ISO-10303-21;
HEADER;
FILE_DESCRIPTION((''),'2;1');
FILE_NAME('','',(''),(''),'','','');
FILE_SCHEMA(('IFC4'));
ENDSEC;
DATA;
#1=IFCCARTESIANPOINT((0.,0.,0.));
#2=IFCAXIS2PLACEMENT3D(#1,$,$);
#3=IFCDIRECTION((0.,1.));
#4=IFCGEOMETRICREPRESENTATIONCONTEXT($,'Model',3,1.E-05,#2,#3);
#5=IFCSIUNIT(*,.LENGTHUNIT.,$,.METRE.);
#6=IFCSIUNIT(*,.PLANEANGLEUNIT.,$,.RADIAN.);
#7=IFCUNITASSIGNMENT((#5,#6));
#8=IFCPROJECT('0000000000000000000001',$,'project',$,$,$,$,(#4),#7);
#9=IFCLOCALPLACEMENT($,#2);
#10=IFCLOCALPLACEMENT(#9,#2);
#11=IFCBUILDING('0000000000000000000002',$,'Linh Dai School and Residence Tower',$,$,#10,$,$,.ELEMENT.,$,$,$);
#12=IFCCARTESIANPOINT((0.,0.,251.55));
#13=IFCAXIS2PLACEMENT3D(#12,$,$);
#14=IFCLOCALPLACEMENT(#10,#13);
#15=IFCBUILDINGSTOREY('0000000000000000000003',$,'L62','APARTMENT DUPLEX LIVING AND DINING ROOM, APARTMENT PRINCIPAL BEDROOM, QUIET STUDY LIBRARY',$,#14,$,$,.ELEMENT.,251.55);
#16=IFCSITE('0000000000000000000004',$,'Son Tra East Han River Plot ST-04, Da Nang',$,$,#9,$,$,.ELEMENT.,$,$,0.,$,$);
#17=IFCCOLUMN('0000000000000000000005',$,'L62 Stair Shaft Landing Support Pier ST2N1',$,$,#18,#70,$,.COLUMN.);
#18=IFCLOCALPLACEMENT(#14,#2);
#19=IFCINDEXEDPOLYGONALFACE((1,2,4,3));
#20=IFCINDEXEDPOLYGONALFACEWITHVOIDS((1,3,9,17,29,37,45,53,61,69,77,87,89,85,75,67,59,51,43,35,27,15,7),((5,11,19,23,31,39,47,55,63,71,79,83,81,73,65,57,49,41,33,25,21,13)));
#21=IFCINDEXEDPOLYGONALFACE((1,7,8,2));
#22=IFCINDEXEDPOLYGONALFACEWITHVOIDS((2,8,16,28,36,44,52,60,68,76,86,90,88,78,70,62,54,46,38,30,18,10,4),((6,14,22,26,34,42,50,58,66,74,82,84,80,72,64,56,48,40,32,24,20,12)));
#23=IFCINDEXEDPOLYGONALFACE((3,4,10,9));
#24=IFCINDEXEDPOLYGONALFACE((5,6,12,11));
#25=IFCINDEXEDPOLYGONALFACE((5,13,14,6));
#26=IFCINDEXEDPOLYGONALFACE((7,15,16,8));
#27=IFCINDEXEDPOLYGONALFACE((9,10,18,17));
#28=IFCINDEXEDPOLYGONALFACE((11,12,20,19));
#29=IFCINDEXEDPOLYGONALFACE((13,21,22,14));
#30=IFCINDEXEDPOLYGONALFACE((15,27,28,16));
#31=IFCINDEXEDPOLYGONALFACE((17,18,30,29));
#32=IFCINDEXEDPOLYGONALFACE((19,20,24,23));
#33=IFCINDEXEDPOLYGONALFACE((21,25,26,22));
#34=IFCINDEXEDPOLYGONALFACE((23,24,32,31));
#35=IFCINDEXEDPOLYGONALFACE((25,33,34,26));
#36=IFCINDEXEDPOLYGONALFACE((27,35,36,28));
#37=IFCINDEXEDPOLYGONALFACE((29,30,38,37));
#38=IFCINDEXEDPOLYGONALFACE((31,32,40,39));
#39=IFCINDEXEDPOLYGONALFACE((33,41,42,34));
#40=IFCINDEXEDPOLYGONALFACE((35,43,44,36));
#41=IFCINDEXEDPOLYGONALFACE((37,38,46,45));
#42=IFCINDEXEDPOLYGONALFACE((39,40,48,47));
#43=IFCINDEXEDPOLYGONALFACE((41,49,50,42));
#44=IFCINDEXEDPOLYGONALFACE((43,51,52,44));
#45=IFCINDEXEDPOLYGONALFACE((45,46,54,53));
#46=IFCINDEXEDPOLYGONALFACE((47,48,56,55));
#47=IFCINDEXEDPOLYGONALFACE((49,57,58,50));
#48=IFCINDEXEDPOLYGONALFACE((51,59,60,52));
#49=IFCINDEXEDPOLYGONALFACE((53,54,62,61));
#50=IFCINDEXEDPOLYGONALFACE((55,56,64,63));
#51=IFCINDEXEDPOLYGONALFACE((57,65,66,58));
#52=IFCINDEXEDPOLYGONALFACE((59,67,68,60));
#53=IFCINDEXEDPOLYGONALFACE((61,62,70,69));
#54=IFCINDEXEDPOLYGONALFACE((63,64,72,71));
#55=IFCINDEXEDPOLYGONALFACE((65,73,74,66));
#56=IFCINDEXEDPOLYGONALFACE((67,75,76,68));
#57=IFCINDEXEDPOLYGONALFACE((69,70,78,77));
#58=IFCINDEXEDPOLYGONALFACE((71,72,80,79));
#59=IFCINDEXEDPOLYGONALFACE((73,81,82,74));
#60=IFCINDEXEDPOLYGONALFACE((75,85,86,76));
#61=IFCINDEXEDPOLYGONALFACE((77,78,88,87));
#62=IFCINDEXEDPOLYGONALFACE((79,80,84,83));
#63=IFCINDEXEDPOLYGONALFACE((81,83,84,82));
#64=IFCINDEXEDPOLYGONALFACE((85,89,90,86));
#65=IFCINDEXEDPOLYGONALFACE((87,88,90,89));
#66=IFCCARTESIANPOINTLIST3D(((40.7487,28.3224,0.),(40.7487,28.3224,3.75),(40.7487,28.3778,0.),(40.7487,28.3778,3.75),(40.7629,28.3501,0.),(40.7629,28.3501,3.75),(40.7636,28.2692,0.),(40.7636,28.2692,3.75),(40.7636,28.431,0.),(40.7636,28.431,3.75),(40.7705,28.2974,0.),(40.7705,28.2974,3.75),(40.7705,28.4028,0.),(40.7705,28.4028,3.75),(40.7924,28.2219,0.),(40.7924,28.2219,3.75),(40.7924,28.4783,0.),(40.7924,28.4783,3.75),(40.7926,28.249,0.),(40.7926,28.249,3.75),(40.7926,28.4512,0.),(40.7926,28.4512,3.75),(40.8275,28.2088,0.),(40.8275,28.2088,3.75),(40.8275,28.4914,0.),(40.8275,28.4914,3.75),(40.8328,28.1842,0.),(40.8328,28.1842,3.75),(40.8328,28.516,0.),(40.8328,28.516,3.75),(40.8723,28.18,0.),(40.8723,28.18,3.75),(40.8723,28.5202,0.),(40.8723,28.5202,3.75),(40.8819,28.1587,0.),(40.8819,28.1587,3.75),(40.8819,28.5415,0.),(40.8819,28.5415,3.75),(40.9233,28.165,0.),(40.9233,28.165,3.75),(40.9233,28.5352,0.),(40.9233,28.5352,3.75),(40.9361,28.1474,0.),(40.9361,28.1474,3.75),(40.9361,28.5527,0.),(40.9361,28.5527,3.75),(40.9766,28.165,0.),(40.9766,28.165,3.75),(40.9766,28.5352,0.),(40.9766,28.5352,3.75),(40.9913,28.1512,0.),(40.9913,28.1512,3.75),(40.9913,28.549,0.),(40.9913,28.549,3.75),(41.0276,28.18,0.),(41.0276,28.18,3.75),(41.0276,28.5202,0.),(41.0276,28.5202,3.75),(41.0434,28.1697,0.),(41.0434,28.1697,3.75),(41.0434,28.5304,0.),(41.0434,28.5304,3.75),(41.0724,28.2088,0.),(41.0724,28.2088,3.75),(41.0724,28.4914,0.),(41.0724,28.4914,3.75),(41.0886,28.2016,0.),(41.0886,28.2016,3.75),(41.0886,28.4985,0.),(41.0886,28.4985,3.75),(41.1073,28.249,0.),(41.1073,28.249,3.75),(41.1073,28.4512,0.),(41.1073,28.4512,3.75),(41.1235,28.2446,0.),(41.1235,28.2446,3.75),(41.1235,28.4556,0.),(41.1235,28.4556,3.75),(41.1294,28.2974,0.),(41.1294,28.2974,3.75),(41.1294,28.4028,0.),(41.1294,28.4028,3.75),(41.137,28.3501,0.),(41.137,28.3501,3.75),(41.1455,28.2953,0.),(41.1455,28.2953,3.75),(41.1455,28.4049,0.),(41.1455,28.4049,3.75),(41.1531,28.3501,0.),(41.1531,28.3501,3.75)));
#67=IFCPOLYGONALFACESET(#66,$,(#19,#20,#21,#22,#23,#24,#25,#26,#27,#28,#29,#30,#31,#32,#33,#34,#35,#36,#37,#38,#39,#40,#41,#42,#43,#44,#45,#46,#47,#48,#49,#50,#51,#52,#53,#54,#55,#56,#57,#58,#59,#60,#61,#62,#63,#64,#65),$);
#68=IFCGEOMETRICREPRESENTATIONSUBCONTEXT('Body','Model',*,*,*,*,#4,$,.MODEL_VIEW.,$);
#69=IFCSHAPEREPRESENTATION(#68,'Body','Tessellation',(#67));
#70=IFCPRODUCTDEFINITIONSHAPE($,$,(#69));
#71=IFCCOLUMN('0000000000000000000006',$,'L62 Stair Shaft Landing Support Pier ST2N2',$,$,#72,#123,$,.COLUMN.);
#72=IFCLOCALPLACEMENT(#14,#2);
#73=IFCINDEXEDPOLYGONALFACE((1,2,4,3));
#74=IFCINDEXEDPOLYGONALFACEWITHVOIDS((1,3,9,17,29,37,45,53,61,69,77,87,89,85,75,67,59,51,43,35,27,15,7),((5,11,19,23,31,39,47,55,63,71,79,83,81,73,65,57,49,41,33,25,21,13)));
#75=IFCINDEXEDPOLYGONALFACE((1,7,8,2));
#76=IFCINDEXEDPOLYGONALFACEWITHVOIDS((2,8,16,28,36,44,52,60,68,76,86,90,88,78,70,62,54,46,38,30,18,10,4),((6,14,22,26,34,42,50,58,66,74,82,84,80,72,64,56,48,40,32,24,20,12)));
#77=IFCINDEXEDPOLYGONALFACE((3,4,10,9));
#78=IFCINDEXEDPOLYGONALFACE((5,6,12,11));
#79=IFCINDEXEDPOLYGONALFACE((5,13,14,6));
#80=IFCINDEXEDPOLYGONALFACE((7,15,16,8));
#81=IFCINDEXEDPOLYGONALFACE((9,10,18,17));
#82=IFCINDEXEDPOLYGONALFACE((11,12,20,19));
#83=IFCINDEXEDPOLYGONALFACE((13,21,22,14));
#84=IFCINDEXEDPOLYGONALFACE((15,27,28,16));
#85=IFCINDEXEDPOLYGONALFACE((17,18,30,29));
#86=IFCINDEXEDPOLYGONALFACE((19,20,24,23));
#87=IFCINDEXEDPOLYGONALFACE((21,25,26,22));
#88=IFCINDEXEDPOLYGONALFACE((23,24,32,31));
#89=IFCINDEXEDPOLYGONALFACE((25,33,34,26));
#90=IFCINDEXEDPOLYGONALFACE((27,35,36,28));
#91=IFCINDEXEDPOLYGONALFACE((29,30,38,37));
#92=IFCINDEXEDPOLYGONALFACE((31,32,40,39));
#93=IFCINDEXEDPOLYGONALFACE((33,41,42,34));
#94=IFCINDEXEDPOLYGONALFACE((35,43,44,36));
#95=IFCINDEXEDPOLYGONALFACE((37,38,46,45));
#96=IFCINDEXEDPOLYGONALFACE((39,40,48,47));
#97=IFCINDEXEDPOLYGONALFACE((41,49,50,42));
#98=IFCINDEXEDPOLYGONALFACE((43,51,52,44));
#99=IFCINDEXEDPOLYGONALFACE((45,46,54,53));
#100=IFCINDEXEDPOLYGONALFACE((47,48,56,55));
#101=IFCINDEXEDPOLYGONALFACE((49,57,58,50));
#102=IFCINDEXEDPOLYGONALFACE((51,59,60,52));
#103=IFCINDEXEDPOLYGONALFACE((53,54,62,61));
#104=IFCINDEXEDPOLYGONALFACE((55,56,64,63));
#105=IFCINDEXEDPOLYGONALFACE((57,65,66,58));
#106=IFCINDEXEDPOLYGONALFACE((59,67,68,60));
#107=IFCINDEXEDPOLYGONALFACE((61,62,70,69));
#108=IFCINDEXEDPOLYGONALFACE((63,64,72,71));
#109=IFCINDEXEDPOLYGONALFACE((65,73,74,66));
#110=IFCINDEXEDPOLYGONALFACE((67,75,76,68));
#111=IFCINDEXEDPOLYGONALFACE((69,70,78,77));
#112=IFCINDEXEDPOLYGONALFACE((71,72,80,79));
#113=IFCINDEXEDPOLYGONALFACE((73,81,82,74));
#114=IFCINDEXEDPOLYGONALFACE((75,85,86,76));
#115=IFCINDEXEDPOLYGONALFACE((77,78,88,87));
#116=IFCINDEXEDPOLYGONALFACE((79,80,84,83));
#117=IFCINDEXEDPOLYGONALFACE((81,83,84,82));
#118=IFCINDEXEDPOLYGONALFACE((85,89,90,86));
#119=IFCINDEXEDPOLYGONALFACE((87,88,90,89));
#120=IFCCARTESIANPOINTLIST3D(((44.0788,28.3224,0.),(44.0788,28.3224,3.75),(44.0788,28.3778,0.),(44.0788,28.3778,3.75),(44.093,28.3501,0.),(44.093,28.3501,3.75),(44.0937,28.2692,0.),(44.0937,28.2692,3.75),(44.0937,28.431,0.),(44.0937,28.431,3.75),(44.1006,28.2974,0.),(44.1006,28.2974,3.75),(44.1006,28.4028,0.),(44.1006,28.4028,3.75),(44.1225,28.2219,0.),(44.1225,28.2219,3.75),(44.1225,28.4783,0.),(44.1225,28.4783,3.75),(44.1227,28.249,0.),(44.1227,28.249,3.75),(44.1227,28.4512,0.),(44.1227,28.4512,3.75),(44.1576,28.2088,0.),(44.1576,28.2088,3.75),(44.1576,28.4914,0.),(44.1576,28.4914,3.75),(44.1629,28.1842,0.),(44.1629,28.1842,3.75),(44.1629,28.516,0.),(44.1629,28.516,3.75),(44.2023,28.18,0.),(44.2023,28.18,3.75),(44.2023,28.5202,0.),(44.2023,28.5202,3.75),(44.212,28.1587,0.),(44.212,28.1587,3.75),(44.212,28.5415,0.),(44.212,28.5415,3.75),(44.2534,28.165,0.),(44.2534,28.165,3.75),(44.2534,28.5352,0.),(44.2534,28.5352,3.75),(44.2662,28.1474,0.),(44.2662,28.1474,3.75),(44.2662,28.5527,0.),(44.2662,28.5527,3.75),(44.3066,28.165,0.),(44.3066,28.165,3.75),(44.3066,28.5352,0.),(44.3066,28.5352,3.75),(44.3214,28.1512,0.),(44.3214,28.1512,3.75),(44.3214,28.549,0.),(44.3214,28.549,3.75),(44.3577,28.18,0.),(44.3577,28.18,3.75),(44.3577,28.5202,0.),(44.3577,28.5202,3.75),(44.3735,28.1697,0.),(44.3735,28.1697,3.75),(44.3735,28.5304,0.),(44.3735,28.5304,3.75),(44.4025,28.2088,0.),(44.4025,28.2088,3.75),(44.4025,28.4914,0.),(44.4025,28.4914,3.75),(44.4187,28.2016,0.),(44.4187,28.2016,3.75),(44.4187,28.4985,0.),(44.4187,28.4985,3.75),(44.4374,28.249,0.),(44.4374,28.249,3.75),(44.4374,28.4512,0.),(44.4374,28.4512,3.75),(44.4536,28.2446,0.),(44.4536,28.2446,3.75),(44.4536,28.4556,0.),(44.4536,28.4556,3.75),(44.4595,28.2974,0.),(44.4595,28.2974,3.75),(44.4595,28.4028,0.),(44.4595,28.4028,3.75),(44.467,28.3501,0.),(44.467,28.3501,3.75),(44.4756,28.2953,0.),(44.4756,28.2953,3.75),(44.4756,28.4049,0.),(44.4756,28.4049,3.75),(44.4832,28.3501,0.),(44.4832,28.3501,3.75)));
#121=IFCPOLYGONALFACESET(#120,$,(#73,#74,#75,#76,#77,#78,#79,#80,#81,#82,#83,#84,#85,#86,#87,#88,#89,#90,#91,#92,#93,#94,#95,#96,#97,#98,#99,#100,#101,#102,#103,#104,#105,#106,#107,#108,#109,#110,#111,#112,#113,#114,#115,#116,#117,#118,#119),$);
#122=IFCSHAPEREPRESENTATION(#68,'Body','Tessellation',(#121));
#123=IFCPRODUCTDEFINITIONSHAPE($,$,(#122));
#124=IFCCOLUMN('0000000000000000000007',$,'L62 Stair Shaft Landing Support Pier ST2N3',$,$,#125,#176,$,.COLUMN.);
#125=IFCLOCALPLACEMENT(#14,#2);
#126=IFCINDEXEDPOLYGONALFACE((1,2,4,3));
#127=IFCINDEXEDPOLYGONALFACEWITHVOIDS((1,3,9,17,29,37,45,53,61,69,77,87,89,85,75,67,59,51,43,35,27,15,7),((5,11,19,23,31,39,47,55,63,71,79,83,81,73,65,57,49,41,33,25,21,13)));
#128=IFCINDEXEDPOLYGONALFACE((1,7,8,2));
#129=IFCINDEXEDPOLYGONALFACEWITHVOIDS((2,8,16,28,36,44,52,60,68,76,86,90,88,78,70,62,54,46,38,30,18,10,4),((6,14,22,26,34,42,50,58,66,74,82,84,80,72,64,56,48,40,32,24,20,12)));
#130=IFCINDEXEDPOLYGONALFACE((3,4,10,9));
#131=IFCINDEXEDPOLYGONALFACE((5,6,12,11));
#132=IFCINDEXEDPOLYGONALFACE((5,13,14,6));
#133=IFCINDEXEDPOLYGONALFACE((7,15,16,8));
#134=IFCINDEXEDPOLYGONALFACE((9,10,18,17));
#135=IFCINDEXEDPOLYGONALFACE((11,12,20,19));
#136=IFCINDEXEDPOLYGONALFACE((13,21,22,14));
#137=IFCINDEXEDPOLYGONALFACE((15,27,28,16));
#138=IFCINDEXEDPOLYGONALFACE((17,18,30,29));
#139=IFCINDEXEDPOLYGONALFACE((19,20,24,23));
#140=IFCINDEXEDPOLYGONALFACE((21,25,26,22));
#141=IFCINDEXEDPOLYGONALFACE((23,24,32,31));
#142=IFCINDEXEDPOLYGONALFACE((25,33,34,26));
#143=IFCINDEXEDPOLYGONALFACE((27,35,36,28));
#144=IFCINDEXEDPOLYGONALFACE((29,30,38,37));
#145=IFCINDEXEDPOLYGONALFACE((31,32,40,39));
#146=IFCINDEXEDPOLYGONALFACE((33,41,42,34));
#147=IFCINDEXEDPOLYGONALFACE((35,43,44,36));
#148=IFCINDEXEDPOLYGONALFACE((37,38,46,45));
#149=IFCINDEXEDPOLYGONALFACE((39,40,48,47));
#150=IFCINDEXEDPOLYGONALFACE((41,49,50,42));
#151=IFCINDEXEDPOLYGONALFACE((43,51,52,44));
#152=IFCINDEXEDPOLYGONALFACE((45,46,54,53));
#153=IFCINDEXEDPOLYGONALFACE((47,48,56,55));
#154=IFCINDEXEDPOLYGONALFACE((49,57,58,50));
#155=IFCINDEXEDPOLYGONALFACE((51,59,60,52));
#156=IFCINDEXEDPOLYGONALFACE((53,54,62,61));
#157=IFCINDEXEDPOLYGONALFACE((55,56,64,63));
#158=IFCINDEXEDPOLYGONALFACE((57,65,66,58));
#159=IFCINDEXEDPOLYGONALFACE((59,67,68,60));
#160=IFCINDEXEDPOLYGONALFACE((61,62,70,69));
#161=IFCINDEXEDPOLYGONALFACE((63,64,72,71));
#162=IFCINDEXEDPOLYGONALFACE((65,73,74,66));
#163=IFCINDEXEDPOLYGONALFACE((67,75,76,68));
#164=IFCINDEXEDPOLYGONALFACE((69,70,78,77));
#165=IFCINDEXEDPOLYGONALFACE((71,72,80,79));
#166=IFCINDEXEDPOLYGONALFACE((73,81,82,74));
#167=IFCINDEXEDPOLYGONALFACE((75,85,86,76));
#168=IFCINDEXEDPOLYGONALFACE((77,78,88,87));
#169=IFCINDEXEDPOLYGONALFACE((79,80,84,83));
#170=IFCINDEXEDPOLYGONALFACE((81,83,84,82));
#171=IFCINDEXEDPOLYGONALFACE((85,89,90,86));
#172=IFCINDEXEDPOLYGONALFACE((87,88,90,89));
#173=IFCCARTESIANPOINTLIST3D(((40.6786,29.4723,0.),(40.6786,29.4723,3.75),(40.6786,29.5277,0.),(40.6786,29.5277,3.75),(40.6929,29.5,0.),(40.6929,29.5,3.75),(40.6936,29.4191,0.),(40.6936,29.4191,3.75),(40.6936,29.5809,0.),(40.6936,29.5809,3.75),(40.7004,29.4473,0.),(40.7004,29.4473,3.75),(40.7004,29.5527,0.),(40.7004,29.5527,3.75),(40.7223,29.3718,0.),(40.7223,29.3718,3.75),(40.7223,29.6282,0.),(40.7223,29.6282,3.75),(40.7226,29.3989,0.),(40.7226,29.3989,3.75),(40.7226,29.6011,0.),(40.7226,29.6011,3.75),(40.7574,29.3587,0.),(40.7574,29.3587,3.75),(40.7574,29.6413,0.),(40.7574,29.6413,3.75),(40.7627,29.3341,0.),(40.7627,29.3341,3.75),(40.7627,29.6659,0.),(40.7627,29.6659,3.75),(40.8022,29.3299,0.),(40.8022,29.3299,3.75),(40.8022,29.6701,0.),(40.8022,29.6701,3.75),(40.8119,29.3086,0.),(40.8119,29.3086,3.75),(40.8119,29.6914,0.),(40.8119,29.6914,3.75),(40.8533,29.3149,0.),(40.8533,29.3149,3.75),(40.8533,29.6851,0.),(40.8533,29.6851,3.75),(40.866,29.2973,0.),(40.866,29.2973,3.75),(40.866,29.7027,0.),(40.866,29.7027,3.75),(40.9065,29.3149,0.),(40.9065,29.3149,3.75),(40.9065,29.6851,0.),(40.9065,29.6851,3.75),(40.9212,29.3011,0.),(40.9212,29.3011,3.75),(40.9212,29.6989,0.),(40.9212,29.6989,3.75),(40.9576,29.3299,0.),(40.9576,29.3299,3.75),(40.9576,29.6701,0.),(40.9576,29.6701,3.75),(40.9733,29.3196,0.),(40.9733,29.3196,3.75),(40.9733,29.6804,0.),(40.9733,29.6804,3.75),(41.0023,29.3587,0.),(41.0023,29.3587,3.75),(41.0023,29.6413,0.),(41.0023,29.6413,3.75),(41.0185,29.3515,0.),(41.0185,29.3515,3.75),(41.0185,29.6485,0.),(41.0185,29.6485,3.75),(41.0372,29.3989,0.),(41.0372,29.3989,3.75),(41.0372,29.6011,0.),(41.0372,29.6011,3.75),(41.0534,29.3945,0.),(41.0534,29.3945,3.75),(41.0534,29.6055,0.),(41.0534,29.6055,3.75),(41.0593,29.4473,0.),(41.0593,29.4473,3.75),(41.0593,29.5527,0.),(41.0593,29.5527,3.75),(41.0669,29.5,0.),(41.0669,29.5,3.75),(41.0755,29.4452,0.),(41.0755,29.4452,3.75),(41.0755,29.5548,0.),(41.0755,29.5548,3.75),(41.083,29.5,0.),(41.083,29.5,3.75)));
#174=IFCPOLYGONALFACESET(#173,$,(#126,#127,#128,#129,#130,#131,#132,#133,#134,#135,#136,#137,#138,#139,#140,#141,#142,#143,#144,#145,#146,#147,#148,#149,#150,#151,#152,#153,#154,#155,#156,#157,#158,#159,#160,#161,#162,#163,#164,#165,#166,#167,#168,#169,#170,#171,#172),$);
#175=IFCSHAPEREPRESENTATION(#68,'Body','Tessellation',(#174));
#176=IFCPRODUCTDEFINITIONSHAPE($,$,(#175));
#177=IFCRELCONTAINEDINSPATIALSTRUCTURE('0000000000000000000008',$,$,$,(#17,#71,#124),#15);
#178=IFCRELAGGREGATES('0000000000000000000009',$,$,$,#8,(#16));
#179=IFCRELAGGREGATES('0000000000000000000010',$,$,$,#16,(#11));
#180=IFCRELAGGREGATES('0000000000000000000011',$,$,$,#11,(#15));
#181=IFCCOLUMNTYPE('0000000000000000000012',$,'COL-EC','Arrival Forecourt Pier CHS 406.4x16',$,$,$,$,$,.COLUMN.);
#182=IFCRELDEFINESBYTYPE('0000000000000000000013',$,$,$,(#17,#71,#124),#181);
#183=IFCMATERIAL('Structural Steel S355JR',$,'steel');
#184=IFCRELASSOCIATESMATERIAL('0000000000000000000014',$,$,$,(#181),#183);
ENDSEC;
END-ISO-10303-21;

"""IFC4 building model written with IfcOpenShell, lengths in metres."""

from ifc_helpers import new_model, si_unit, direction, frame, origin, origin_2d, place, context, subcontext, project, spatial, hollow_circle, extrude, material, material_profile, profile_set, type_object, element, save


model = new_model("IFC4")

# Units and contexts
model_context = context("Model", 3, precision=1e-05, world=origin(), true_north=direction((0.0, 1.0)))
body_context = subcontext(model_context, "Body", "Model", "MODEL_VIEW")
ifc_project = project(units=[si_unit("LENGTHUNIT", "METRE"), si_unit("PLANEANGLEUNIT", "RADIAN")], contexts=[model_context])

# Site, building, storey
site_placement = place(None, origin())
site = spatial("IfcSite", under=ifc_project, at=site_placement, Name="Son Tra East Han River Plot ST-04, Da Nang", CompositionType="ELEMENT", RefElevation=0.0)
building_placement = place(site_placement, origin())
building = spatial("IfcBuilding", under=site, at=building_placement, Name="Linh Dai School and Residence Tower", CompositionType="ELEMENT")
storey_placement = place(building_placement, frame((0.0, 0.0, 251.55)))
storey = spatial("IfcBuildingStorey", under=building, at=storey_placement, Name="L62", Description="APARTMENT DUPLEX LIVING AND DINING ROOM, APARTMENT PRINCIPAL BEDROOM, QUIET STUDY LIBRARY", CompositionType="ELEMENT", Elevation=251.55)

# Columns
ifc_material_1 = material(Name="Structural Steel S355JR", Category="steel")
ifc_material_profile_1 = material_profile(ifc_material_1, hollow_circle(Radius=0.2031, WallThickness=0.0161, at=origin_2d()), Name="CHS 406.4x16")
ifc_profile_set_1 = profile_set([ifc_material_profile_1], Name="Structural Steel S355JR")
column_type_1 = type_object("IfcColumnType", Name="COL-EC", Description="Arrival Forecourt Pier CHS 406.4x16", PredefinedType="COLUMN", material=ifc_profile_set_1)
for number, where, z_axis, x_axis, name in (
    (1, (40.95, 28.3501, 0.0), (0.0, 0.0, 1.0), (1.0, 0.0, 0.0), "L62 Stair Shaft Landing Support Pier ST2N1"),
    (2, (44.28, 28.3501, 0.0), (0.0, 0.0, 1.0), (1.0, 0.0, 0.0), "L62 Stair Shaft Landing Support Pier ST2N2"),
    (3, (40.8799, 29.5, 0.0), (0.0, 0.0, 1.0), (1.0, 0.0, 0.0), "L62 Stair Shaft Landing Support Pier ST2N3"),
):
    element("IfcColumn", number, at=place(storey_placement, frame(where, z_axis=z_axis, x_axis=x_axis)), inside=storey, type_object=column_type_1, Name=name, PredefinedType="COLUMN", context=body_context, shape_type="SweptSolid", body=[
        extrude(hollow_circle(Radius=0.2031, WallThickness=0.0161, at=origin_2d()), origin(), (0.0, 0.0, 1.0), 3.75),
    ])

save(model, "model.ifc")
